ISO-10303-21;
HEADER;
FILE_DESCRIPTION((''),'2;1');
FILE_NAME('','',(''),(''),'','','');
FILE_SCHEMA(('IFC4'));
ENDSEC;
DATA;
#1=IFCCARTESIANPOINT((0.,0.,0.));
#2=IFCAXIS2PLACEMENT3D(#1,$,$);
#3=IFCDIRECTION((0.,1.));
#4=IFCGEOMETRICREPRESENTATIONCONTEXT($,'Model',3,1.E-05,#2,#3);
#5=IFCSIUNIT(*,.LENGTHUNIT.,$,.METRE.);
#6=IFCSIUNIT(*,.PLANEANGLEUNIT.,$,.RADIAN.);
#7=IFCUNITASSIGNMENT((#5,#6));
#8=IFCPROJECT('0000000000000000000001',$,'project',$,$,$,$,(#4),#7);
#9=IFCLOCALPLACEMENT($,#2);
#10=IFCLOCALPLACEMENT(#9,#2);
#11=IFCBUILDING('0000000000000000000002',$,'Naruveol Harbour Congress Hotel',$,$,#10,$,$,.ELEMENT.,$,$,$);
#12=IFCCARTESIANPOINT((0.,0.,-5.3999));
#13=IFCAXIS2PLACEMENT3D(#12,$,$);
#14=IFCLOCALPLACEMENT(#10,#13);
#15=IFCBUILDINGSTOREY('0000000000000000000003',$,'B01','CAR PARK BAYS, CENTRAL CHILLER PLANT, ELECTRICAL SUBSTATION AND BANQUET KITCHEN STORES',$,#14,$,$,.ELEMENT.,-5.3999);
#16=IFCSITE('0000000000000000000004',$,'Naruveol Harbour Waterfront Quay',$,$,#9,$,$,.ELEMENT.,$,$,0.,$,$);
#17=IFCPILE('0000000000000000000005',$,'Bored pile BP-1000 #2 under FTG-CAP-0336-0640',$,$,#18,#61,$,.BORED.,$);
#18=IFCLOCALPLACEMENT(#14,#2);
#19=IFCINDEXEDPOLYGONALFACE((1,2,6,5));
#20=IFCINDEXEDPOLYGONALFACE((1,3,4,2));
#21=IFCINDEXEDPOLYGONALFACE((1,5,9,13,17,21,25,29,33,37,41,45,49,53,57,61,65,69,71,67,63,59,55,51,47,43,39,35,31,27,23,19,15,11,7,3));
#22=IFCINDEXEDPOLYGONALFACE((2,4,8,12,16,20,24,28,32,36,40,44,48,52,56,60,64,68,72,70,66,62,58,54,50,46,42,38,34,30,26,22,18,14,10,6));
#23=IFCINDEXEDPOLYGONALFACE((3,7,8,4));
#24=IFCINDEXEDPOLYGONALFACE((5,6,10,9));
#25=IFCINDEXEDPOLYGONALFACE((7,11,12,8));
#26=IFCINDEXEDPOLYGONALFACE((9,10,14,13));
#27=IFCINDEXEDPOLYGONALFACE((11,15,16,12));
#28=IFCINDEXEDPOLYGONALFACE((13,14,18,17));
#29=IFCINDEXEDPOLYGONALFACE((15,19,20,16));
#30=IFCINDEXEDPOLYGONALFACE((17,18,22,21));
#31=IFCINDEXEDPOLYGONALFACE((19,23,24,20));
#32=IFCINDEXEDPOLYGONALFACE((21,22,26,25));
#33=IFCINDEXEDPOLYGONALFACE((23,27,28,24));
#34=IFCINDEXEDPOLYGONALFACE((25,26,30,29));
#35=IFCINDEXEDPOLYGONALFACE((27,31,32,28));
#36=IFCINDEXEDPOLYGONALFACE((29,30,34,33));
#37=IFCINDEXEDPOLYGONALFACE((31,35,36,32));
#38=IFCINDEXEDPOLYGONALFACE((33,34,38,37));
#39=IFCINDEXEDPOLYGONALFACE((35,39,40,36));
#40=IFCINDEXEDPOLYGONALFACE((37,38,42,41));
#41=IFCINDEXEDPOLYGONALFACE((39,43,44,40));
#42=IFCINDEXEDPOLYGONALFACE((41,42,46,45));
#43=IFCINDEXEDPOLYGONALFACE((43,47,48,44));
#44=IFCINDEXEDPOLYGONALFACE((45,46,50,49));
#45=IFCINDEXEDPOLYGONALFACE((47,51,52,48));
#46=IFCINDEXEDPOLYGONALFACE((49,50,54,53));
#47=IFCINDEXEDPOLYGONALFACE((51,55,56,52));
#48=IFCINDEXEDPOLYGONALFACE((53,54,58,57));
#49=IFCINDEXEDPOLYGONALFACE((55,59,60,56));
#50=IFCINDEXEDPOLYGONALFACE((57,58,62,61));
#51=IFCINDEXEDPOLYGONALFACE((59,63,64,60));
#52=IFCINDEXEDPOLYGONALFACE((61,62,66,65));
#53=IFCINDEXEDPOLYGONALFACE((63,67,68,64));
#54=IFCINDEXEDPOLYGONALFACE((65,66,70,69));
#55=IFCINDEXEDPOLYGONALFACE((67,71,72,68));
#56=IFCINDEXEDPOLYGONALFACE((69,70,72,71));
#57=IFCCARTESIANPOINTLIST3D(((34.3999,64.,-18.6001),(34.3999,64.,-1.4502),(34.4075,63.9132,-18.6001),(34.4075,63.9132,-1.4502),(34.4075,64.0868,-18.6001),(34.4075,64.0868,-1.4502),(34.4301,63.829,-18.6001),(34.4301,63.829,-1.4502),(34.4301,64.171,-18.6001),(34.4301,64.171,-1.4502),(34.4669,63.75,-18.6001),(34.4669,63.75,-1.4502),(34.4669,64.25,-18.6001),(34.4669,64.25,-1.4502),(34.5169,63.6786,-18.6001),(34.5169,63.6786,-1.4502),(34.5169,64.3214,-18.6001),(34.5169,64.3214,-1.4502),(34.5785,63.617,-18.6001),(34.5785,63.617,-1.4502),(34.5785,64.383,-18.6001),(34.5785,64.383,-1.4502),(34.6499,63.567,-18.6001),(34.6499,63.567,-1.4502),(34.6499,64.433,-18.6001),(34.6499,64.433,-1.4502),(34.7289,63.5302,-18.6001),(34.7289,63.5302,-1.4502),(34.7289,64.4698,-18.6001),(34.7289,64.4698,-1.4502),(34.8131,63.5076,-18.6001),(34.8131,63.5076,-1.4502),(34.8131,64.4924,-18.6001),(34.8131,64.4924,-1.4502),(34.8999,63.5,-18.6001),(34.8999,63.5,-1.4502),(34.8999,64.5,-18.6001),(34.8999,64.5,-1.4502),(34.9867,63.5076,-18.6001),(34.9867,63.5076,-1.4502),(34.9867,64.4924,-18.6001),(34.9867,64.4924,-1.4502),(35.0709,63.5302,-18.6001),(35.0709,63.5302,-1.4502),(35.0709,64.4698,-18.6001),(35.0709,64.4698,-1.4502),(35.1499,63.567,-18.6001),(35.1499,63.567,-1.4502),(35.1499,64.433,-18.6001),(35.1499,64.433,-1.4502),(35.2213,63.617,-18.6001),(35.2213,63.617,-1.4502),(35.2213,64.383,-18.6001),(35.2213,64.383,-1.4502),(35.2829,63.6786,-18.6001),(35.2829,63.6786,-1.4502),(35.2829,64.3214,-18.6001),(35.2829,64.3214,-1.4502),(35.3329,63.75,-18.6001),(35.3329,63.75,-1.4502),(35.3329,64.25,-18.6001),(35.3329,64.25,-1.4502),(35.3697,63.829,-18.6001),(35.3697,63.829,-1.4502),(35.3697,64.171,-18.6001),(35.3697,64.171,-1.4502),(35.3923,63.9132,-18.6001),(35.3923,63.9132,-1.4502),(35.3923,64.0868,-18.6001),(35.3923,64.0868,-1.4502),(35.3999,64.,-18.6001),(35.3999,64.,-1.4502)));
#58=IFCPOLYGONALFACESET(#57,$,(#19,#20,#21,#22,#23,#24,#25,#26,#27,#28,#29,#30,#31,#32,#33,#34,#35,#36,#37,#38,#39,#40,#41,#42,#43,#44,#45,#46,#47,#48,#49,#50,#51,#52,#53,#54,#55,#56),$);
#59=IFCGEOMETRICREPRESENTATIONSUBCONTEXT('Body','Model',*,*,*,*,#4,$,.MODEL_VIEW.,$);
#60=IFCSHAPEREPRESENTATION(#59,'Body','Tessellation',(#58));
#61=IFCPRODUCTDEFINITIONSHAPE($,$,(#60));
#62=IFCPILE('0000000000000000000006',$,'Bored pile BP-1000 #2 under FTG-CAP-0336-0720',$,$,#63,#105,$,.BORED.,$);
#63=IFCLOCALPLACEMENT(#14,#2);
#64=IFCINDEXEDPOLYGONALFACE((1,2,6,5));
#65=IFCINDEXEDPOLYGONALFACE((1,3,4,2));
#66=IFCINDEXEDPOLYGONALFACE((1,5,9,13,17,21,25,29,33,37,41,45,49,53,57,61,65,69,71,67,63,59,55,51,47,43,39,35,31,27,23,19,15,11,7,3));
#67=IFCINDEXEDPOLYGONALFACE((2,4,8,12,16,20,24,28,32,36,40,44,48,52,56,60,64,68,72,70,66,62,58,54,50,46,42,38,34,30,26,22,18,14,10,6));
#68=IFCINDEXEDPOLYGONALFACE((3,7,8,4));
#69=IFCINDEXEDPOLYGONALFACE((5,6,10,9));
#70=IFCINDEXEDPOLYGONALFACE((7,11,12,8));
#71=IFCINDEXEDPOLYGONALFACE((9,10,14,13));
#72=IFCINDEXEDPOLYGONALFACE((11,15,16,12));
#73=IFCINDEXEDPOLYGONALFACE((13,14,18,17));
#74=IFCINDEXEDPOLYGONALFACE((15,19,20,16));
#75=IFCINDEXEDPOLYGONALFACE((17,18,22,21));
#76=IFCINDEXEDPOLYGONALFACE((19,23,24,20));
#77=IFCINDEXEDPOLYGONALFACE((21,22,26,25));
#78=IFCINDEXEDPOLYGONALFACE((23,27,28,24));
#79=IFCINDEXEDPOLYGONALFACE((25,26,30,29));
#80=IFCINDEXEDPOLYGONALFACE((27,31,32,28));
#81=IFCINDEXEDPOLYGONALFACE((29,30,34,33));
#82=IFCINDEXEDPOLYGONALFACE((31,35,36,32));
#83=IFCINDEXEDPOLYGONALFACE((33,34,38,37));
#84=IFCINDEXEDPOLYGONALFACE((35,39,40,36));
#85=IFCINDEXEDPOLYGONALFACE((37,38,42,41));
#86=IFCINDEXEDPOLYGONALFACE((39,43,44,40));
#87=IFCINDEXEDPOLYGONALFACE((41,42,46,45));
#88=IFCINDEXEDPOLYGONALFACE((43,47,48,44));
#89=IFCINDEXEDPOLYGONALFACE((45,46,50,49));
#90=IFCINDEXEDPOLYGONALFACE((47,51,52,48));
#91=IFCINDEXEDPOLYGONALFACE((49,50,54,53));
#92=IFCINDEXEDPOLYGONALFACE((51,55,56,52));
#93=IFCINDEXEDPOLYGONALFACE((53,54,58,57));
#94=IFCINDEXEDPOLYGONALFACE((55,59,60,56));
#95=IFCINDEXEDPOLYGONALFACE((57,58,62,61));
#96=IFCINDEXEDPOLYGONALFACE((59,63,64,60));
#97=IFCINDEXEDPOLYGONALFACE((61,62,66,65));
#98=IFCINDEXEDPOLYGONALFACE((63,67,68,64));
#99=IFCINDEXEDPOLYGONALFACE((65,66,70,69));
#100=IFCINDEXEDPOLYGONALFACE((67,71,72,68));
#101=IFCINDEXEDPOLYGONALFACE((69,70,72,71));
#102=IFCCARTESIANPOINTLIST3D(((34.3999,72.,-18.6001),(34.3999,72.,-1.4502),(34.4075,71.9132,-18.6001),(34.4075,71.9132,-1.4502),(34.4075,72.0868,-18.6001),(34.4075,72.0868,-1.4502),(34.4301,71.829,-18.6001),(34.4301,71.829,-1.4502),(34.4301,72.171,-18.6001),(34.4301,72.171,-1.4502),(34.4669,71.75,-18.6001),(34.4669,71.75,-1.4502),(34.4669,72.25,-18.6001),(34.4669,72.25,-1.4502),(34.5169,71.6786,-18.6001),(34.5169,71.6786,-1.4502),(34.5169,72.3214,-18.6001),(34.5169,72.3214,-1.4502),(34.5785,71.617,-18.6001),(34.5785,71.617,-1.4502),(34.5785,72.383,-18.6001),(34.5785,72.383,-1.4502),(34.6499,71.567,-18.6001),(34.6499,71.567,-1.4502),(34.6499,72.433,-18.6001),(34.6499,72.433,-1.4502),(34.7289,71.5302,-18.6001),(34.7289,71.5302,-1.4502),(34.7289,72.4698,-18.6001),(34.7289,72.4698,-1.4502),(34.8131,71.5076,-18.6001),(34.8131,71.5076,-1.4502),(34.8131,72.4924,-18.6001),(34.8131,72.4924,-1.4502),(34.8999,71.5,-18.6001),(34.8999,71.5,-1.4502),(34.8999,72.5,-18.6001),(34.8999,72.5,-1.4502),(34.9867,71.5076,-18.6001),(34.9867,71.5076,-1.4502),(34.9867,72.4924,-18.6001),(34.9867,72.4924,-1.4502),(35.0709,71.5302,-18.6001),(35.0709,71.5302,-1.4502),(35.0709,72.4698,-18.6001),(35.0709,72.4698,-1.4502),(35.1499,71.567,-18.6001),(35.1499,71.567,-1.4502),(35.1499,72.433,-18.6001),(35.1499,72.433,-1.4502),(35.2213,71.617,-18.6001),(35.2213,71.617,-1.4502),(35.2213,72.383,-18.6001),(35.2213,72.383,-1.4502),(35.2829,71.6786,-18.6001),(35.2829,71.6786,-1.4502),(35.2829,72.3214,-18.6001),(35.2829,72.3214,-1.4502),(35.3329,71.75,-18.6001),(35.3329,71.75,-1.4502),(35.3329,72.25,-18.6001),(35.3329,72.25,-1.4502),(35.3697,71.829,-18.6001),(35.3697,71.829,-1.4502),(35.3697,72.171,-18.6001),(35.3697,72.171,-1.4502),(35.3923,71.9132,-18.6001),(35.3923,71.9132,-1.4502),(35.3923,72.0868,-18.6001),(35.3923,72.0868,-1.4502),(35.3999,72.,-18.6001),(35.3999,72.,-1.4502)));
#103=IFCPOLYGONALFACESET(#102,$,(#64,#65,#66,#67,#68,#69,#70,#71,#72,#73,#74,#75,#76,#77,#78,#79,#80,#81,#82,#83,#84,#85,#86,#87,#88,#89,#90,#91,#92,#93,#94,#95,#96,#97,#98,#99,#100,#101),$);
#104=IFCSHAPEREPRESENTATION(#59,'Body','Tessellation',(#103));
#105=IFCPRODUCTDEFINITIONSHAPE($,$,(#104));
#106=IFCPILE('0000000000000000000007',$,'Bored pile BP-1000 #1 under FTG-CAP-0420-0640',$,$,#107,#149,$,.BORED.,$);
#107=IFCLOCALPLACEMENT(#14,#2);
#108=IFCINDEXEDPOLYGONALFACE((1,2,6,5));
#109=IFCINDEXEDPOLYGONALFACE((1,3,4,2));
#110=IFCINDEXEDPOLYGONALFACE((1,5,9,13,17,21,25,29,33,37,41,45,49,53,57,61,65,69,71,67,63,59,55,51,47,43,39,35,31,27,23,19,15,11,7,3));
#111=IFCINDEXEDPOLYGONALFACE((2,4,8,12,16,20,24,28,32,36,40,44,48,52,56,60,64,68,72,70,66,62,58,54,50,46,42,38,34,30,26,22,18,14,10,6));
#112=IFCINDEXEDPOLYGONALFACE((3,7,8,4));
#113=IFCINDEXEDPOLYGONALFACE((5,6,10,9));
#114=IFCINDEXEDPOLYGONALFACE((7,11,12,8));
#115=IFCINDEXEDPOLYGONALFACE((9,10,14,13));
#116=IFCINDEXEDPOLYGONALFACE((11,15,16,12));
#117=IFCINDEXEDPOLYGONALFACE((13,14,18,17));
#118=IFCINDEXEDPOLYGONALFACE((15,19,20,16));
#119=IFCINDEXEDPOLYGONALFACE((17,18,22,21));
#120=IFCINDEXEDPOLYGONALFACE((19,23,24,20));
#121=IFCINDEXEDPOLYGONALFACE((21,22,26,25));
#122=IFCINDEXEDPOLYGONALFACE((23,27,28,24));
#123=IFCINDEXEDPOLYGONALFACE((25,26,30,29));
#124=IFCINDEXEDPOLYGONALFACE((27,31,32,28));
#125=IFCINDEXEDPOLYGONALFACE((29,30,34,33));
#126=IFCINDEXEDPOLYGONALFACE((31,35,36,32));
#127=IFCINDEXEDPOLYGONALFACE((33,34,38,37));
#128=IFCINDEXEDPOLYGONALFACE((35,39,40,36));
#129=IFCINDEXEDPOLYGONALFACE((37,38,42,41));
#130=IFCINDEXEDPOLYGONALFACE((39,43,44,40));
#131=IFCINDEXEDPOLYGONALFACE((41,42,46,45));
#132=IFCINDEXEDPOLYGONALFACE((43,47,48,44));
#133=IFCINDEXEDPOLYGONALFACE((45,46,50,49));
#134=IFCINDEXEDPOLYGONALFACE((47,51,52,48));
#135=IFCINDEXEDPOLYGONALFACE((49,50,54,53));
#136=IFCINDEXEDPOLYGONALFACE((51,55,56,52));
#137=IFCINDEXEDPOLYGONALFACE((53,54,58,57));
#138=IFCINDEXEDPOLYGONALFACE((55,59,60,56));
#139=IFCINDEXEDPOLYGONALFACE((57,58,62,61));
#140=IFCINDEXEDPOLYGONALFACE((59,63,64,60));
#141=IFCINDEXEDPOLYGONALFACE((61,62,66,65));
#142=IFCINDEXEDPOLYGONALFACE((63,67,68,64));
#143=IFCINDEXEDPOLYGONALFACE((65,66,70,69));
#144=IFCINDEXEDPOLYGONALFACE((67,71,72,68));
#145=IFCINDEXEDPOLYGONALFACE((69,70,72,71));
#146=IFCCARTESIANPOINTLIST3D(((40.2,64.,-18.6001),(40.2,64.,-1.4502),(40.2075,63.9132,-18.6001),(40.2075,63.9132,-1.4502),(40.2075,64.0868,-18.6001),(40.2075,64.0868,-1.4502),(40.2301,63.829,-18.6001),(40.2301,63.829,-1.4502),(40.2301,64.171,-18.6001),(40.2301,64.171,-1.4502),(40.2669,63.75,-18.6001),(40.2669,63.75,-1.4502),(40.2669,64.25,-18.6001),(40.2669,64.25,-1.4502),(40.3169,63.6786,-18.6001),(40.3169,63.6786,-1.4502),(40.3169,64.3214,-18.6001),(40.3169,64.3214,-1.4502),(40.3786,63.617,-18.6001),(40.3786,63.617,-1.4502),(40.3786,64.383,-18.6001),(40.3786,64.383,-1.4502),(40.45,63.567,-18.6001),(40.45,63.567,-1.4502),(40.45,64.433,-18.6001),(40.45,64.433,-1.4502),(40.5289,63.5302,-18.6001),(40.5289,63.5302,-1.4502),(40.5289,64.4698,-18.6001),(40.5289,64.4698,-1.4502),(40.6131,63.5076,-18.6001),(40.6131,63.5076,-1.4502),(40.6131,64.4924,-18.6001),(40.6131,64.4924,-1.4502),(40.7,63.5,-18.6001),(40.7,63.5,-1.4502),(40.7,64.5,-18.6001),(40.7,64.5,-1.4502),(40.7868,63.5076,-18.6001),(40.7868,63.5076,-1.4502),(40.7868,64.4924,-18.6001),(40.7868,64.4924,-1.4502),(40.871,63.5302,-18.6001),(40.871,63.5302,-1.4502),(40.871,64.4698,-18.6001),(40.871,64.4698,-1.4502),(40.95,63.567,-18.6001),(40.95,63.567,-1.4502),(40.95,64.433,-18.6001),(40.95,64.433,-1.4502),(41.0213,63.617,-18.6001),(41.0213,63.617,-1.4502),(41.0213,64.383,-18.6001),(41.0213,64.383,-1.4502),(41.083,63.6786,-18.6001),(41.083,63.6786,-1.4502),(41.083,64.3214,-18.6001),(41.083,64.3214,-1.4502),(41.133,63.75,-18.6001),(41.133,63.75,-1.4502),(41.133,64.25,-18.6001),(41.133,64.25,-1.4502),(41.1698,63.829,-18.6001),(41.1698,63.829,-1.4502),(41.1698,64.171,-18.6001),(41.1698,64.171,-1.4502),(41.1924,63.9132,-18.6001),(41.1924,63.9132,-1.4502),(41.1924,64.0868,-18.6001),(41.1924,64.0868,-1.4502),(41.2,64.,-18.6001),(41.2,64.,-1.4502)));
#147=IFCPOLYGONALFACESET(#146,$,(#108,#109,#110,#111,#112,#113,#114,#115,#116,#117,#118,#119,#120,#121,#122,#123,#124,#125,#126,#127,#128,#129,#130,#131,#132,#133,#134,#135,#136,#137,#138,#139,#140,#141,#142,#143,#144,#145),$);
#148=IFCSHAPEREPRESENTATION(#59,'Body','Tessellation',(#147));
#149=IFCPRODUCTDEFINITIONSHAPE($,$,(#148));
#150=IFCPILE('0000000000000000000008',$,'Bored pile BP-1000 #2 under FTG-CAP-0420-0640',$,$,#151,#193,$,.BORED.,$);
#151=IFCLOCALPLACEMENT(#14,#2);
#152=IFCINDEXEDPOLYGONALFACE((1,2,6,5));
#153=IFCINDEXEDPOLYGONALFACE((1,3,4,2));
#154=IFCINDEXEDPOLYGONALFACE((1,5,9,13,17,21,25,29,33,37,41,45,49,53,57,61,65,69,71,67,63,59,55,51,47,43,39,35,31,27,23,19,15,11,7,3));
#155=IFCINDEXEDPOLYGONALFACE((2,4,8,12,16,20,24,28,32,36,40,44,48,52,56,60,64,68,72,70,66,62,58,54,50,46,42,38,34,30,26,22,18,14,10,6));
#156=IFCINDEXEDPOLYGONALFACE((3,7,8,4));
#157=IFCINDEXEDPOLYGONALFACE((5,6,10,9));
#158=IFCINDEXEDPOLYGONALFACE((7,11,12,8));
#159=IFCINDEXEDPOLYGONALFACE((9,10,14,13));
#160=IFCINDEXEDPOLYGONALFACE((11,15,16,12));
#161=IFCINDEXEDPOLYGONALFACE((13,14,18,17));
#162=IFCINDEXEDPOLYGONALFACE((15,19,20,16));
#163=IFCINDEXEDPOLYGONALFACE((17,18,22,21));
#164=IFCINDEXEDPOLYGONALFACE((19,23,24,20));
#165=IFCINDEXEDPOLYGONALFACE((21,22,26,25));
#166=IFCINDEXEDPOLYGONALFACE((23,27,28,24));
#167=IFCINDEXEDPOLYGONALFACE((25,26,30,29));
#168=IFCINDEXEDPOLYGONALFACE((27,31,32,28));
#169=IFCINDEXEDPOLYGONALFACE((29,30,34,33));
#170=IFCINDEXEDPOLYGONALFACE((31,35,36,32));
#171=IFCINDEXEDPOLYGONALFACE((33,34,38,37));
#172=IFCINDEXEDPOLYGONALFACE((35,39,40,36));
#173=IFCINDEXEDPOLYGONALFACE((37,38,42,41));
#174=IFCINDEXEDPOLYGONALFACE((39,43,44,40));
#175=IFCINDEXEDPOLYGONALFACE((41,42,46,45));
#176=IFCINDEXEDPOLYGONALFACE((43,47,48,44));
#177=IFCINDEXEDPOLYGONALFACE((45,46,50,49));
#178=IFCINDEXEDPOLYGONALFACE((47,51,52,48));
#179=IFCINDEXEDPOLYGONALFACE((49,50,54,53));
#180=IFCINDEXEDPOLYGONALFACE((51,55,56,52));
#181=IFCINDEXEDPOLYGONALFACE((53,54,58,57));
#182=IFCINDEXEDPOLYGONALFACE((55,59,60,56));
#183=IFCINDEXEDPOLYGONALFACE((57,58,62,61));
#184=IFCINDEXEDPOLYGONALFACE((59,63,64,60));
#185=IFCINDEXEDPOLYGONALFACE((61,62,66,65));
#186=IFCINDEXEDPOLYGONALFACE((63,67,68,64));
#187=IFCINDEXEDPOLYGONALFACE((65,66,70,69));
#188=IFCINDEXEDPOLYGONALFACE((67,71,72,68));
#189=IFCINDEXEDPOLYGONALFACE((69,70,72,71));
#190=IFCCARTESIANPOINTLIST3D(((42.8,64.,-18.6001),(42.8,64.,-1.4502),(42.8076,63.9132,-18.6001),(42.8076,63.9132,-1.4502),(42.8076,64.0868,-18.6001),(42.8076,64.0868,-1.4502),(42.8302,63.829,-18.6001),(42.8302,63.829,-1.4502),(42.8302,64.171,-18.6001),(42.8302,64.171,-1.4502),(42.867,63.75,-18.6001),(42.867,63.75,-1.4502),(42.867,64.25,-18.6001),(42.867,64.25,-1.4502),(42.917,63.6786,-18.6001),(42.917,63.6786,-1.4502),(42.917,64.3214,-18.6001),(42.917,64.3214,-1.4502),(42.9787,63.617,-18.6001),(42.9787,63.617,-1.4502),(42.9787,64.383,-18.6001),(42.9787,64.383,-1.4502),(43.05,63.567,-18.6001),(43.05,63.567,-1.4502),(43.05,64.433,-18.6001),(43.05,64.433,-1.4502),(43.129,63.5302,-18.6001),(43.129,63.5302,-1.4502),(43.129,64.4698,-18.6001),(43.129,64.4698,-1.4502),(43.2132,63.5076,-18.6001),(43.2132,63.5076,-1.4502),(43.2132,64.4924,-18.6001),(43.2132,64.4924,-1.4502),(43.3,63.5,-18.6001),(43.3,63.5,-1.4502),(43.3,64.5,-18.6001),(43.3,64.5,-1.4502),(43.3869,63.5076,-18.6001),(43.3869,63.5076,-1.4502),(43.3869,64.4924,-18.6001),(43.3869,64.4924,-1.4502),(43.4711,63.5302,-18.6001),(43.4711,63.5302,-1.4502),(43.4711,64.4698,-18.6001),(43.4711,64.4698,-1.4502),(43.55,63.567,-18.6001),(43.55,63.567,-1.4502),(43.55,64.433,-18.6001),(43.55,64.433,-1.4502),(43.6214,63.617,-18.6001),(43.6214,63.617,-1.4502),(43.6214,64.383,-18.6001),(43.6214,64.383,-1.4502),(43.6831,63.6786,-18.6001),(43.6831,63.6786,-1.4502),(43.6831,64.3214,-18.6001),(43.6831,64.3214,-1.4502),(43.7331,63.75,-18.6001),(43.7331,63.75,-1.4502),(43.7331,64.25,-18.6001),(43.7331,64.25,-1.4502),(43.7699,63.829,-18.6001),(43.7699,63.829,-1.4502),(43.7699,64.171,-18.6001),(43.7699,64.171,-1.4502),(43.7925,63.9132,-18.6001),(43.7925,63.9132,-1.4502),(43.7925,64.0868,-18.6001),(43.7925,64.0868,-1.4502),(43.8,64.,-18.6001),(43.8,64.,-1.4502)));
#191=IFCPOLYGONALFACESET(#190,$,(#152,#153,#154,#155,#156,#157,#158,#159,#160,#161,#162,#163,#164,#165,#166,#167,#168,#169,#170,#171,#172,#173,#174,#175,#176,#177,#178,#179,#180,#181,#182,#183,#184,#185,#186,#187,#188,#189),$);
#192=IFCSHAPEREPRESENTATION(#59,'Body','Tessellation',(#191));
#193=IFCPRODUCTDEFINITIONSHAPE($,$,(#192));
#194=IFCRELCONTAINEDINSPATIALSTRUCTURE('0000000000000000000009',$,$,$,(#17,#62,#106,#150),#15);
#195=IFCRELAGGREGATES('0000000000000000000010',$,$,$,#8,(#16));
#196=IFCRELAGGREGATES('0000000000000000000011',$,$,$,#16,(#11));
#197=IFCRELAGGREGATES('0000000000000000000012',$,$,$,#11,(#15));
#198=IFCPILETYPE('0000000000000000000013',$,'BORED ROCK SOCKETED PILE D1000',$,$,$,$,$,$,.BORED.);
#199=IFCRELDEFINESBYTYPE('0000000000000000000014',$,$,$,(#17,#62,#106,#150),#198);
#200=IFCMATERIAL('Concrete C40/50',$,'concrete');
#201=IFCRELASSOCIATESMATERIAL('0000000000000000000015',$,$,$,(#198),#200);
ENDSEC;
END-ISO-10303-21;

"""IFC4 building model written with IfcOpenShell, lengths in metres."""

from ifc_helpers import new_model, si_unit, direction, frame, origin, origin_2d, place, context, subcontext, project, spatial, circle, extrude, material, material_profile, profile_set, type_object, element, save


model = new_model("IFC4")

# Units and contexts
model_context = context("Model", 3, precision=1e-05, world=origin(), true_north=direction((0.0, 1.0)))
body_context = subcontext(model_context, "Body", "Model", "MODEL_VIEW")
ifc_project = project(units=[si_unit("LENGTHUNIT", "METRE"), si_unit("PLANEANGLEUNIT", "RADIAN")], contexts=[model_context])

# Site, building, storey
site_placement = place(None, origin())
site = spatial("IfcSite", under=ifc_project, at=site_placement, Name="Naruveol Harbour Waterfront Quay", CompositionType="ELEMENT", RefElevation=0.0)
building_placement = place(site_placement, origin())
building = spatial("IfcBuilding", under=site, at=building_placement, Name="Naruveol Harbour Congress Hotel", CompositionType="ELEMENT")
storey_placement = place(building_placement, frame((0.0, 0.0, -5.3999)))
storey = spatial("IfcBuildingStorey", under=building, at=storey_placement, Name="B01", Description="CAR PARK BAYS, CENTRAL CHILLER PLANT, ELECTRICAL SUBSTATION AND BANQUET KITCHEN STORES", CompositionType="ELEMENT", Elevation=-5.3999)

# Piles
ifc_material_1 = material(Name="Concrete C40/50", Category="concrete")
ifc_material_profile_1 = material_profile(ifc_material_1, circle(Radius=0.5, at=origin_2d()), Name="BP-1000")
ifc_profile_set_1 = profile_set([ifc_material_profile_1], Name="Concrete C40/50")
pile_type = type_object("IfcPileType", Name="BORED ROCK SOCKETED PILE D1000", PredefinedType="BORED", material=ifc_profile_set_1)
for number, where, z_axis, x_axis, name in (
    (1, (34.8999, 64.0, -1.4502), (0.0, 0.0, -1.0), (1.0, 0.0, 0.0), "Bored pile BP-1000 #2 under FTG-CAP-0336-0640"),
    (2, (34.8999, 72.0, -1.4502), (0.0, 0.0, -1.0), (1.0, 0.0, 0.0), "Bored pile BP-1000 #2 under FTG-CAP-0336-0720"),
    (3, (40.7, 64.0, -1.4502), (0.0, 0.0, -1.0), (1.0, 0.0, 0.0), "Bored pile BP-1000 #1 under FTG-CAP-0420-0640"),
    (4, (43.3, 64.0, -1.4502), (0.0, 0.0, -1.0), (1.0, 0.0, 0.0), "Bored pile BP-1000 #2 under FTG-CAP-0420-0640"),
):
    element("IfcPile", number, at=place(storey_placement, frame(where, z_axis=z_axis, x_axis=x_axis)), inside=storey, type_object=pile_type, Name=name, PredefinedType="BORED", context=body_context, shape_type="SweptSolid", body=[
        extrude(circle(Radius=0.5, at=origin_2d()), origin(), (0.0, 0.0, 1.0), 17.1499),
    ])

save(model, "model.ifc")
